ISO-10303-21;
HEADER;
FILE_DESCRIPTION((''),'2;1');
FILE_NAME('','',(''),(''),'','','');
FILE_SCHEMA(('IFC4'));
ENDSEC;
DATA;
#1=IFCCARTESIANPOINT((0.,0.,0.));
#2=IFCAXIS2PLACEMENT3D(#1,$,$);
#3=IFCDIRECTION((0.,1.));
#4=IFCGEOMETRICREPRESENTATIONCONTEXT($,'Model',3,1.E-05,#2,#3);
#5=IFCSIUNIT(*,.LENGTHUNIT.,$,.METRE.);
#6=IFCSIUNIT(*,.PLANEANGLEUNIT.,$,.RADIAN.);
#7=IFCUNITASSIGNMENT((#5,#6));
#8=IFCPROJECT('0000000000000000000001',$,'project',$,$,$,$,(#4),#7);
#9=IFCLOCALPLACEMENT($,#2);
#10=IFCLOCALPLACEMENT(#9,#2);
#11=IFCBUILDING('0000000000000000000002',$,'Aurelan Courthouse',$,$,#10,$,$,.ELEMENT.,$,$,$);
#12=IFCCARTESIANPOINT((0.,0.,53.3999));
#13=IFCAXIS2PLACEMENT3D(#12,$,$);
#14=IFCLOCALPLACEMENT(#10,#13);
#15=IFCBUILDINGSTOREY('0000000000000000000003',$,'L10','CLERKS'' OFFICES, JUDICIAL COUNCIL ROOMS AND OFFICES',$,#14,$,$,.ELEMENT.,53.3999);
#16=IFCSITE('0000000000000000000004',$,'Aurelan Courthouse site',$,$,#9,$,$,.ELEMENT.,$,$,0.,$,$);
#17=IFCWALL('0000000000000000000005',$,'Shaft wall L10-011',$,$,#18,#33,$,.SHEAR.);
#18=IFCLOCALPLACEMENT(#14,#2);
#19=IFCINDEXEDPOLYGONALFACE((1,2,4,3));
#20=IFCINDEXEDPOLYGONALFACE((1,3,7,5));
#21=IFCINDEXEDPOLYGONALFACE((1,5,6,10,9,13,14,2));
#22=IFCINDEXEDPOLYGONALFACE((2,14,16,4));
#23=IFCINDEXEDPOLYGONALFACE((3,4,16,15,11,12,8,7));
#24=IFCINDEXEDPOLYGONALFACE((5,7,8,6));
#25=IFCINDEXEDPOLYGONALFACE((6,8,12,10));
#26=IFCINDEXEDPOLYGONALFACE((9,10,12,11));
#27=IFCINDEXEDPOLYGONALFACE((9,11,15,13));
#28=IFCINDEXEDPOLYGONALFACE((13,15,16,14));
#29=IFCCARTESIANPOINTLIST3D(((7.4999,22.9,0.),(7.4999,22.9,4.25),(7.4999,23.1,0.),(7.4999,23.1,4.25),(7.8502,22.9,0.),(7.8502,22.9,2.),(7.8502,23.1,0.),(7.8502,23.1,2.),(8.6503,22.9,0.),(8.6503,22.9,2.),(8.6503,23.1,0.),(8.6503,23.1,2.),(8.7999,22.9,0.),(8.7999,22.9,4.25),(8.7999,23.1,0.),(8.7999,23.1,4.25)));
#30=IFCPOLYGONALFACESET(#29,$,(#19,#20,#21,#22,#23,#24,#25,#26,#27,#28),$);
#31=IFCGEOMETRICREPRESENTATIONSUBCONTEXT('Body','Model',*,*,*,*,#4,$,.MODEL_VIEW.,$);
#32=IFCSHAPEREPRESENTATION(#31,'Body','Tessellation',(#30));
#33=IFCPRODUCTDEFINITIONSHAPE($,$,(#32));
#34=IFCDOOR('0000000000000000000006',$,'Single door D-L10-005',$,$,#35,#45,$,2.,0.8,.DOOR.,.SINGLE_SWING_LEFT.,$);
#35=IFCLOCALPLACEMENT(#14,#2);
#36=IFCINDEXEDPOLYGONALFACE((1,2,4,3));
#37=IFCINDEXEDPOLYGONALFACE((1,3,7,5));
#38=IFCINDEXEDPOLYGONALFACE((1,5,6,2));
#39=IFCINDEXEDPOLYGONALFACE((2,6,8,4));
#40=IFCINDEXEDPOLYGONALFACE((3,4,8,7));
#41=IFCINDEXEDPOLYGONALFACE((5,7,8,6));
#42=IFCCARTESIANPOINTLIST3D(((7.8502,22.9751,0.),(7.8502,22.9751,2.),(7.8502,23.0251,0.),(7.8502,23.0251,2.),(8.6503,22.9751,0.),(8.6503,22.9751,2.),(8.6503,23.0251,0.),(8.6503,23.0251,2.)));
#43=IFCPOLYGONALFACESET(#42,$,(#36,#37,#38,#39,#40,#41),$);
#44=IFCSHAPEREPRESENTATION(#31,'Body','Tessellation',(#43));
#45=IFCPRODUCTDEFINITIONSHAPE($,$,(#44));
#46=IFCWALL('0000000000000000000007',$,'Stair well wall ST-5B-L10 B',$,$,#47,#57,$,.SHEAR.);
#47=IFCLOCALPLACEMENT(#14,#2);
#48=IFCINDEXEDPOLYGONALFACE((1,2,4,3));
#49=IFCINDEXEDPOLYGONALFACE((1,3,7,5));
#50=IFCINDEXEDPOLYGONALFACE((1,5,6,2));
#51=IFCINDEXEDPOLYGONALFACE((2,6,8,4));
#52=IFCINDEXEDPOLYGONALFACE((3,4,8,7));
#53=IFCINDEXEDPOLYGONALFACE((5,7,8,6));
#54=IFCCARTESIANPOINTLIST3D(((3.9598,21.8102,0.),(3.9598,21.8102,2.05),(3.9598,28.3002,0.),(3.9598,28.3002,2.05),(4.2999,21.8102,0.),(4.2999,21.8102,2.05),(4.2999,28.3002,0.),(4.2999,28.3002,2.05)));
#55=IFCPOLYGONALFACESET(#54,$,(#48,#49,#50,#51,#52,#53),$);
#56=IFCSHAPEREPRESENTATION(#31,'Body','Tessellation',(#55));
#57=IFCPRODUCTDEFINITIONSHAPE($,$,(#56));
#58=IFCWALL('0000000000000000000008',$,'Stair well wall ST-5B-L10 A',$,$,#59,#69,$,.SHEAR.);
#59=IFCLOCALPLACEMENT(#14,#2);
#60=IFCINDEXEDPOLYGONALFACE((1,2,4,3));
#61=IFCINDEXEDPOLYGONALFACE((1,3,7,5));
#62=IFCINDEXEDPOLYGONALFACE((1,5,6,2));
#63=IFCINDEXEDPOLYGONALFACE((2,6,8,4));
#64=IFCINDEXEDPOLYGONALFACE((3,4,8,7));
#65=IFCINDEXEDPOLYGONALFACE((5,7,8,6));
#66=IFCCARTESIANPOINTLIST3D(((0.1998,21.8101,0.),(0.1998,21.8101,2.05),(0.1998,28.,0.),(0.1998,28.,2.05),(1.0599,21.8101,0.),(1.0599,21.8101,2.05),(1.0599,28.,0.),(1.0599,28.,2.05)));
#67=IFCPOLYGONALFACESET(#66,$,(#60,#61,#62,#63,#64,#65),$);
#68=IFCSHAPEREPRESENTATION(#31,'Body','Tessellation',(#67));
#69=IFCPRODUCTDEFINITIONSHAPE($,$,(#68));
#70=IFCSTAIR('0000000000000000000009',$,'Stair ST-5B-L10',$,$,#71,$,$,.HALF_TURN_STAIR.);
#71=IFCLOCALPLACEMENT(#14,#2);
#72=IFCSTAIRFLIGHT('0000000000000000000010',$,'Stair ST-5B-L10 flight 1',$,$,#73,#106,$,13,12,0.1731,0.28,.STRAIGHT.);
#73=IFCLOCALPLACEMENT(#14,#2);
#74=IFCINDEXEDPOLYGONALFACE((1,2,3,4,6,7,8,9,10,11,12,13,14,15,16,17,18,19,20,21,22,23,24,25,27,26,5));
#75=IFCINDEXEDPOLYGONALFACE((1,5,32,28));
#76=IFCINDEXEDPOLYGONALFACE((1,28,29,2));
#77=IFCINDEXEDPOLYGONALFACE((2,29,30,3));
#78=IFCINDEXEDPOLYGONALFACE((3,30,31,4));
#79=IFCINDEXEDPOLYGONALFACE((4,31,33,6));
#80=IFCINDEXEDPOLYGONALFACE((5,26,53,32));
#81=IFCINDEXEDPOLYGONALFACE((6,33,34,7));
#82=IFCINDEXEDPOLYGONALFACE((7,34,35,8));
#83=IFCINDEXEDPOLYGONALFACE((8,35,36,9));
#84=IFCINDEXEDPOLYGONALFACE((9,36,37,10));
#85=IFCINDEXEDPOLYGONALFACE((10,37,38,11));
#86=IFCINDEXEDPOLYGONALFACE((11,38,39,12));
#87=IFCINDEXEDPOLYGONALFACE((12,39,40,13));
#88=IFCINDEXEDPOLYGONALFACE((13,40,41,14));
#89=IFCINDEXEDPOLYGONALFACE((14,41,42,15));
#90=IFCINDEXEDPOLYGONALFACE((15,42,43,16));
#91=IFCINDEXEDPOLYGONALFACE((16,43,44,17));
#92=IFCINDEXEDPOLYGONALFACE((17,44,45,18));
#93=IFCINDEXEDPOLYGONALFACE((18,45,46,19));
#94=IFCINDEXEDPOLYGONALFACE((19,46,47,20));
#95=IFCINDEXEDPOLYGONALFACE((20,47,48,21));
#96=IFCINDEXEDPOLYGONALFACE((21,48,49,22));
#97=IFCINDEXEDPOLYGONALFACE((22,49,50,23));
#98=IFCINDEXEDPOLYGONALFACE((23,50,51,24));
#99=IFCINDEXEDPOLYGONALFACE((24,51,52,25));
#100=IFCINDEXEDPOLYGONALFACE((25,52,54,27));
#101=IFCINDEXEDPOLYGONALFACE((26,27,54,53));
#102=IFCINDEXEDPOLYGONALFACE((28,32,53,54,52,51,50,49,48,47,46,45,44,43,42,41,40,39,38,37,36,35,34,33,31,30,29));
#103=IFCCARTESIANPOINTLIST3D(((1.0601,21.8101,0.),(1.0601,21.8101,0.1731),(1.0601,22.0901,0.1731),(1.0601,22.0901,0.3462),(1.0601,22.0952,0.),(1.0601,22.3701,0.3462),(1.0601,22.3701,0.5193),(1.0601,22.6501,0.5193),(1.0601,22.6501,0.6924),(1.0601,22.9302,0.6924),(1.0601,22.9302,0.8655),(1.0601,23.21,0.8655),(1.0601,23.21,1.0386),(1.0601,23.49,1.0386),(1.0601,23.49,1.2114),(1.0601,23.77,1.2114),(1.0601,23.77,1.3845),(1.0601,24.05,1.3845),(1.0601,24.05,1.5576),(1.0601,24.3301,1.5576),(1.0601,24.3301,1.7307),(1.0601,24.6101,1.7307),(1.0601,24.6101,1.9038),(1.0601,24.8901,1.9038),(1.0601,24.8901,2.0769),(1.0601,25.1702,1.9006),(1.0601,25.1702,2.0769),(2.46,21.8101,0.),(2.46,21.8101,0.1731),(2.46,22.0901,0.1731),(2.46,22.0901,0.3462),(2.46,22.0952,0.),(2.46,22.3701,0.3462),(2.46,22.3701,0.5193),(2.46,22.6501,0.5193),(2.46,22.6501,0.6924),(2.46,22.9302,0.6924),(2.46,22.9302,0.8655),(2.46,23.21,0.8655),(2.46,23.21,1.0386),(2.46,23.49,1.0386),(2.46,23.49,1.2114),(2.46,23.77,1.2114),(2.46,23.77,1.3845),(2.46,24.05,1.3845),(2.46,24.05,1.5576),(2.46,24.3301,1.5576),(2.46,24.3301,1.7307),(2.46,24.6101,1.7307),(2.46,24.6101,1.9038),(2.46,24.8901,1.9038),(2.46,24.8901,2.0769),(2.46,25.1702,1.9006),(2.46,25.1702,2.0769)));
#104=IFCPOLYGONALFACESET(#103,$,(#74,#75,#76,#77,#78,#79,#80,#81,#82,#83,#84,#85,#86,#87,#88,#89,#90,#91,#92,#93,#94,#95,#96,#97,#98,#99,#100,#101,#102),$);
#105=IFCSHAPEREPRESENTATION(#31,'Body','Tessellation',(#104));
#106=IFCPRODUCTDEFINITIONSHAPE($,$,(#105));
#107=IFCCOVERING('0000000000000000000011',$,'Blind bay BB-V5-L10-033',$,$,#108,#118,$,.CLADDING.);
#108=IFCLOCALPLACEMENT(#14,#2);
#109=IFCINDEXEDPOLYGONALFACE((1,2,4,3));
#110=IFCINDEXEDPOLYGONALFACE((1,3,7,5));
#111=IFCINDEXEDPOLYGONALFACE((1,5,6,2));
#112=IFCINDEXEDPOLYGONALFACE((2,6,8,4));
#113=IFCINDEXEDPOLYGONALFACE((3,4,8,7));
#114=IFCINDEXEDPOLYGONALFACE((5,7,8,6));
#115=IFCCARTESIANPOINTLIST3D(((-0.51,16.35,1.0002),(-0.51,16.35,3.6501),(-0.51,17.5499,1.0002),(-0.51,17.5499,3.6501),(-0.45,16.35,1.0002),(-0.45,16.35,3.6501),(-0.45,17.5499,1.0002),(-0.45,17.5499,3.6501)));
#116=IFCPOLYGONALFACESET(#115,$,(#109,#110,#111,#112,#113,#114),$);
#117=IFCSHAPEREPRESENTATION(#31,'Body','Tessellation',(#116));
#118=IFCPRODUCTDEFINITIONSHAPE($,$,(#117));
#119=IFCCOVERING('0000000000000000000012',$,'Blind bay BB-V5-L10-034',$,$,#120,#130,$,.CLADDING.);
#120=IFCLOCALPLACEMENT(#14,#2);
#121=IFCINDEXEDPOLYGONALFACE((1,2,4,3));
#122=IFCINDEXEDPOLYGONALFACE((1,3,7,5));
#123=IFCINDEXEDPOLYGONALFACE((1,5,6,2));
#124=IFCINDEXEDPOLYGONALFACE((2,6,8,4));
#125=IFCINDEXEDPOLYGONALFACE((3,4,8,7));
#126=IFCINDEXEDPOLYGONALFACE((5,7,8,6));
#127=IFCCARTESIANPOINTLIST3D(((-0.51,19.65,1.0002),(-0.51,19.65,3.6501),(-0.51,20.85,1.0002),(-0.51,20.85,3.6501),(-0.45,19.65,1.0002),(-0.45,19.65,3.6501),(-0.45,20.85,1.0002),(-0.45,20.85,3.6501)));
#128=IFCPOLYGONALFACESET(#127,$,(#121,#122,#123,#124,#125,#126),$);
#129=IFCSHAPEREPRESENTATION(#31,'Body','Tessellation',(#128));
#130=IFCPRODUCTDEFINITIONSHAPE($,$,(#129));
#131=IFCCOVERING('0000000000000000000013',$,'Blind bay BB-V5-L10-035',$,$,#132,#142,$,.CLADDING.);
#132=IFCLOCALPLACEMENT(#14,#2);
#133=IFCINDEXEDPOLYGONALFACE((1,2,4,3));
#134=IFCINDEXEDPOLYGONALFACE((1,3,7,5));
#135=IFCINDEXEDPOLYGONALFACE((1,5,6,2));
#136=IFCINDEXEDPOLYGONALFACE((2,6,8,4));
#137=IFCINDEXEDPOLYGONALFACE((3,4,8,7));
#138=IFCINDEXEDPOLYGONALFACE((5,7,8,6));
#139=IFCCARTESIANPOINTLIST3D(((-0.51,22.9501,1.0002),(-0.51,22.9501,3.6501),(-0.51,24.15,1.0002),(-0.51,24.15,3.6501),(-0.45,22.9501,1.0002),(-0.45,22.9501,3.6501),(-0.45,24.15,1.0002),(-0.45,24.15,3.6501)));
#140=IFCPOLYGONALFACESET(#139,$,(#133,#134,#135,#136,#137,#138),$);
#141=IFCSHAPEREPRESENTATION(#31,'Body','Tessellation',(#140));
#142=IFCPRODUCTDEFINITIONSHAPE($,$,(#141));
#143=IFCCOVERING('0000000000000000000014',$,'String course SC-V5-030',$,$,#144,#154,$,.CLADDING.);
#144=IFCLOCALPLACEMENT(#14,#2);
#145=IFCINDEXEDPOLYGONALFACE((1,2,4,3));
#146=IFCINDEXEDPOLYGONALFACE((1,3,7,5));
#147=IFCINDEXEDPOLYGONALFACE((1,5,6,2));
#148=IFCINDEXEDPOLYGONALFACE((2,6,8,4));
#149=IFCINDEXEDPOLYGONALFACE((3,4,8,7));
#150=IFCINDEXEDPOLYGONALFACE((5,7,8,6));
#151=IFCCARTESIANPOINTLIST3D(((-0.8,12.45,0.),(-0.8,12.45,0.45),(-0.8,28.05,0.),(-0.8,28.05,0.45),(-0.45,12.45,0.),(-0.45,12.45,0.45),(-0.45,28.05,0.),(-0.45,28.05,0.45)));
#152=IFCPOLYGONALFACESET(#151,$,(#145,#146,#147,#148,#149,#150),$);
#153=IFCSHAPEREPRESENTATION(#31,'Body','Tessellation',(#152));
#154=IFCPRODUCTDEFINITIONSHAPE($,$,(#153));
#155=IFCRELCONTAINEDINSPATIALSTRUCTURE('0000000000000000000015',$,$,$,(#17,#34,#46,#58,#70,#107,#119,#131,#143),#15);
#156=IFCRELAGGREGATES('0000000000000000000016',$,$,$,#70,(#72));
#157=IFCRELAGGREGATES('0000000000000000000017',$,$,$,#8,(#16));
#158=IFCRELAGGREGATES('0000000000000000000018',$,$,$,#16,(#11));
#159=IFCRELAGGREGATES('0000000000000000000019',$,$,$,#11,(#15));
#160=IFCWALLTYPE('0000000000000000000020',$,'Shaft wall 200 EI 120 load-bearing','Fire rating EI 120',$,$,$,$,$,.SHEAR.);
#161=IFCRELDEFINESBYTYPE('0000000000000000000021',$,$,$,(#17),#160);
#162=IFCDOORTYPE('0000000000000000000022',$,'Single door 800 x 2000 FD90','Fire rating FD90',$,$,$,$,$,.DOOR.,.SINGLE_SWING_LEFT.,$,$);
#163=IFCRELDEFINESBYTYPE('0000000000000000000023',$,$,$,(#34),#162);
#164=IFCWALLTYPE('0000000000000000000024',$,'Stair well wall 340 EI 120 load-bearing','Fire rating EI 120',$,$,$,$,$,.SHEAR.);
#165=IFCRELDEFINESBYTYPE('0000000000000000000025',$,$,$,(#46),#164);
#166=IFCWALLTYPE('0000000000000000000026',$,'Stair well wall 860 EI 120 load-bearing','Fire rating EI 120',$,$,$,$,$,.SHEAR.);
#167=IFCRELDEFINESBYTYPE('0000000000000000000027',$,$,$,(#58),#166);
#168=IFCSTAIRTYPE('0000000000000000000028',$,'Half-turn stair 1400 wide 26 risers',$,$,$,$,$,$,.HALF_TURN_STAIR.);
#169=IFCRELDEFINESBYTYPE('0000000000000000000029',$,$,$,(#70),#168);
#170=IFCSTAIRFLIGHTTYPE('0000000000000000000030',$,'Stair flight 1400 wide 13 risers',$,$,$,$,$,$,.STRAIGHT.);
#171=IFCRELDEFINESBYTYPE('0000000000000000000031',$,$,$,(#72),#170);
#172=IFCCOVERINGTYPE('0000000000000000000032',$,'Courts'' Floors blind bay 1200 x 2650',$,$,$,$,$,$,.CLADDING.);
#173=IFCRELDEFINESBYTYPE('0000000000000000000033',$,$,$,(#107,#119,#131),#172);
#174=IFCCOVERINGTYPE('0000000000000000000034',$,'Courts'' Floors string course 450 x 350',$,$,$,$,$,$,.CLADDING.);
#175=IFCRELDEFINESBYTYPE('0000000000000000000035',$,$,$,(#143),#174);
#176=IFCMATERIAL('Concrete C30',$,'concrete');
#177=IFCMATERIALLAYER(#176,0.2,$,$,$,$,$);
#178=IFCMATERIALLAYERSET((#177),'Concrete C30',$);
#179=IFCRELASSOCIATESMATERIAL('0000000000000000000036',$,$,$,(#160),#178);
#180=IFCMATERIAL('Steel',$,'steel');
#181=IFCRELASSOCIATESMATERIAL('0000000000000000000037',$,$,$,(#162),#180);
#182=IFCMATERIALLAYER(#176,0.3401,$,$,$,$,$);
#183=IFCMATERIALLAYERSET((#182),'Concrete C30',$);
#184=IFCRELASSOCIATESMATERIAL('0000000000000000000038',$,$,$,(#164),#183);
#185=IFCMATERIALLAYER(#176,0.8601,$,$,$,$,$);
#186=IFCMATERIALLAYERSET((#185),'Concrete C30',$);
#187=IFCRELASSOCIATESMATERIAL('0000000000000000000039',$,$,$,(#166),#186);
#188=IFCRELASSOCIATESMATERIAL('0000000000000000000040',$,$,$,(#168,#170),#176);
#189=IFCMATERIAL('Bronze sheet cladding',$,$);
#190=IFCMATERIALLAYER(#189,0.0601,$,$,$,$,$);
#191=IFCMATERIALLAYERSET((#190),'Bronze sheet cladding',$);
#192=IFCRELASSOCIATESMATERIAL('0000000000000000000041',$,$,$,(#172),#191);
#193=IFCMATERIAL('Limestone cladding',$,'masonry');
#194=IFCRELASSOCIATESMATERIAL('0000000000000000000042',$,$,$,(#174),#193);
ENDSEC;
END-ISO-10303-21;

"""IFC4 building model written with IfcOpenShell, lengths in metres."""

from ifc_helpers import new_model, si_unit, direction, frame, frame_2d, origin, origin_2d, place, context, subcontext, project, spatial, polyline, rectangle, outline, extrude, material, layer, layer_set, type_object, element, fill, aggregate, save


model = new_model("IFC4")

# Units and contexts
model_context = context("Model", 3, precision=1e-05, world=origin(), true_north=direction((0.0, 1.0)))
body_context = subcontext(model_context, "Body", "Model", "MODEL_VIEW")
ifc_project = project(units=[si_unit("LENGTHUNIT", "METRE"), si_unit("PLANEANGLEUNIT", "RADIAN")], contexts=[model_context])

# Site, building, storey
site_placement = place(None, origin())
site = spatial("IfcSite", under=ifc_project, at=site_placement, Name="Aurelan Courthouse site", CompositionType="ELEMENT", RefElevation=0.0)
building_placement = place(site_placement, origin())
building = spatial("IfcBuilding", under=site, at=building_placement, Name="Aurelan Courthouse", CompositionType="ELEMENT")
storey_placement = place(building_placement, frame((0.0, 0.0, 53.3999)))
storey = spatial("IfcBuildingStorey", under=building, at=storey_placement, Name="L10", Description="CLERKS' OFFICES, JUDICIAL COUNCIL ROOMS AND OFFICES", CompositionType="ELEMENT", Elevation=53.3999)

# Shared definitions
ifc_material_1 = material(Name="Steel", Category="steel")

# Wall, opening, door
ifc_material_2 = material(Name="Concrete C30", Category="concrete")
ifc_layer_1 = layer(ifc_material_2, 0.2)
ifc_layer_set_1 = layer_set([ifc_layer_1], Name="Concrete C30")
wall_type_1 = type_object("IfcWallType", Name="Shaft wall 200 EI 120 load-bearing", Description="Fire rating EI 120", PredefinedType="SHEAR", material=ifc_layer_set_1)
wall_1_placement = place(storey_placement, frame((7.5, 23.0, 0.0), z_axis=(0.0, 0.0, 1.0), x_axis=(1.0, 0.0, 0.0)))
wall_1 = element("IfcWall", 1, at=wall_1_placement, inside=storey, type_object=wall_type_1, Name="Shaft wall L10-011", PredefinedType="SHEAR", context=body_context, shape_type="SweptSolid", body=[
    extrude(rectangle(XDim=1.3, YDim=0.2, at=frame_2d((0.6499, 0.0))), origin(), (0.0, 0.0, 1.0), 4.25),
])
opening_1_placement = place(wall_1_placement, frame((1.1501, 0.0, 0.0), z_axis=(0.0, 0.0, 1.0), x_axis=(-1.0, 0.0, 0.0)))
opening_1 = element("IfcOpeningElement", 2, at=opening_1_placement, cuts=wall_1, PredefinedType="OPENING", context=body_context, shape_type="SweptSolid", body=[
    extrude(rectangle(XDim=0.8, YDim=2.0, at=frame_2d((0.3999, 1.0))), frame((0.0, 0.1099, 0.0), z_axis=(0.0, -1.0, 0.0), x_axis=(1.0, 0.0, 0.0)), (0.0, 0.0, 1.0), 0.22),
])
door_type_1 = type_object("IfcDoorType", Name="Single door 800 x 2000 FD90", Description="Fire rating FD90", OperationType="SINGLE_SWING_LEFT", PredefinedType="DOOR", material=ifc_material_1)
door_1_placement = place(opening_1_placement, origin())
door_1 = element("IfcDoor", 3, at=door_1_placement, inside=storey, type_object=door_type_1, Name="Single door D-L10-005", OperationType="SINGLE_SWING_LEFT", OverallHeight=2.0, OverallWidth=0.8, PredefinedType="DOOR", context=body_context, shape_type="SweptSolid", body=[
    extrude(rectangle(XDim=0.8, YDim=2.0, at=frame_2d((0.3999, 1.0))), frame((0.0, 0.0249, 0.0), z_axis=(0.0, -1.0, 0.0), x_axis=(1.0, 0.0, 0.0)), (0.0, 0.0, 1.0), 0.05),
])
fill(opening_1, door_1)

# Walls
ifc_layer_2 = layer(ifc_material_2, 0.3401)
ifc_layer_set_2 = layer_set([ifc_layer_2], Name="Concrete C30")
wall_type_2 = type_object("IfcWallType", Name="Stair well wall 340 EI 120 load-bearing", Description="Fire rating EI 120", PredefinedType="SHEAR", material=ifc_layer_set_2)
wall_2_placement = place(storey_placement, frame((4.1299, 21.8101, 0.0), z_axis=(0.0, 0.0, 1.0), x_axis=(0.0, 1.0, 0.0)))
element("IfcWall", 4, at=wall_2_placement, inside=storey, type_object=wall_type_2, Name="Stair well wall ST-5B-L10 B", PredefinedType="SHEAR", context=body_context, shape_type="SweptSolid", body=[
    extrude(rectangle(XDim=6.49, YDim=0.3401, at=frame_2d((3.2451, 0.0))), origin(), (0.0, 0.0, 1.0), 2.05),
])
ifc_layer_3 = layer(ifc_material_2, 0.8601)
ifc_layer_set_3 = layer_set([ifc_layer_3], Name="Concrete C30")
wall_type_3 = type_object("IfcWallType", Name="Stair well wall 860 EI 120 load-bearing", Description="Fire rating EI 120", PredefinedType="SHEAR", material=ifc_layer_set_3)
wall_3_placement = place(storey_placement, frame((0.6299, 21.8101, 0.0), z_axis=(0.0, 0.0, 1.0), x_axis=(0.0, 1.0, 0.0)))
element("IfcWall", 5, at=wall_3_placement, inside=storey, type_object=wall_type_3, Name="Stair well wall ST-5B-L10 A", PredefinedType="SHEAR", context=body_context, shape_type="SweptSolid", body=[
    extrude(rectangle(XDim=6.1899, YDim=0.8601, at=frame_2d((3.095, 0.0))), origin(), (0.0, 0.0, 1.0), 2.05),
])

# Stair, stair flight
stair_type = type_object("IfcStairType", Name="Half-turn stair 1400 wide 26 risers", PredefinedType="HALF_TURN_STAIR", material=ifc_material_2)
stair_placement = place(storey_placement, origin())
stair = element("IfcStair", 6, at=stair_placement, inside=storey, type_object=stair_type, Name="Stair ST-5B-L10", PredefinedType="HALF_TURN_STAIR")
stair_flight_type = type_object("IfcStairFlightType", Name="Stair flight 1400 wide 13 risers", PredefinedType="STRAIGHT", material=ifc_material_2)
stair_flight_placement = place(storey_placement, frame((1.76, 21.8101, 0.0), z_axis=(0.0, 0.0, 1.0), x_axis=(0.0, 1.0, 0.0)))
stair_flight = element("IfcStairFlight", 7, at=stair_flight_placement, type_object=stair_flight_type, Name="Stair ST-5B-L10 flight 1", NumberOfRisers=13, NumberOfTreads=12, PredefinedType="STRAIGHT", RiserHeight=0.1731, TreadLength=0.28, context=body_context, shape_type="SweptSolid", body=[
    extrude(outline(polyline([(0.0, 0.0), (0.0, 0.1731), (0.28, 0.1731), (0.28, 0.3462), (0.5601, 0.3462), (0.5601, 0.5193), (0.8401, 0.5193), (0.8401, 0.6924), (1.1201, 0.6924), (1.1201, 0.8655), (1.3999, 0.8655), (1.3999, 1.0386), (1.6799, 1.0386), (1.6799, 1.2114), (1.96, 1.2114), (1.96, 1.3845), (2.24, 1.3845), (2.24, 1.5576), (2.52, 1.5576), (2.52, 1.7307), (2.8, 1.7307), (2.8, 1.9038), (3.0801, 1.9038), (3.0801, 2.0769), (3.3601, 2.0769), (3.3601, 2.25), (3.3601, 1.9006), (0.2852, 0.0), (0.0, 0.0)])), frame((0.0, 0.7, 0.0), z_axis=(0.0, -1.0, 0.0), x_axis=(1.0, 0.0, 0.0)), (0.0, 0.0, 1.0), 1.3999),
])
aggregate(stair, [stair_flight])

# Coverings
ifc_material_3 = material(Name="Bronze sheet cladding")
ifc_layer_4 = layer(ifc_material_3, 0.0601)
ifc_layer_set_4 = layer_set([ifc_layer_4], Name="Bronze sheet cladding")
covering_type_1 = type_object("IfcCoveringType", Name="Courts' Floors blind bay 1200 x 2650", PredefinedType="CLADDING", material=ifc_layer_set_4)
for number, where, z_axis, x_axis, name in (
    (8, (-0.48, 16.95, 1.0002), (0.0, 0.0, 1.0), (1.0, 0.0, 0.0), "Blind bay BB-V5-L10-033"),
    (9, (-0.48, 20.25, 1.0002), (0.0, 0.0, 1.0), (1.0, 0.0, 0.0), "Blind bay BB-V5-L10-034"),
    (10, (-0.48, 23.55, 1.0002), (0.0, 0.0, 1.0), (1.0, 0.0, 0.0), "Blind bay BB-V5-L10-035"),
):
    element("IfcCovering", number, at=place(storey_placement, frame(where, z_axis=z_axis, x_axis=x_axis)), inside=storey, type_object=covering_type_1, Name=name, PredefinedType="CLADDING", context=body_context, shape_type="SweptSolid", body=[
        extrude(rectangle(XDim=0.0601, YDim=1.2, at=origin_2d()), origin(), (0.0, 0.0, 1.0), 2.6499),
    ])
ifc_material_4 = material(Name="Limestone cladding", Category="masonry")
covering_type_2 = type_object("IfcCoveringType", Name="Courts' Floors string course 450 x 350", PredefinedType="CLADDING", material=ifc_material_4)
covering_placement = place(storey_placement, frame((-0.625, 20.25, 0.0), z_axis=(0.0, 0.0, 1.0), x_axis=(1.0, 0.0, 0.0)))
element("IfcCovering", 11, at=covering_placement, inside=storey, type_object=covering_type_2, Name="String course SC-V5-030", PredefinedType="CLADDING", context=body_context, shape_type="SweptSolid", body=[
    extrude(rectangle(XDim=0.3501, YDim=15.6001, at=origin_2d()), origin(), (0.0, 0.0, 1.0), 0.45),
])

save(model, "model.ifc")
